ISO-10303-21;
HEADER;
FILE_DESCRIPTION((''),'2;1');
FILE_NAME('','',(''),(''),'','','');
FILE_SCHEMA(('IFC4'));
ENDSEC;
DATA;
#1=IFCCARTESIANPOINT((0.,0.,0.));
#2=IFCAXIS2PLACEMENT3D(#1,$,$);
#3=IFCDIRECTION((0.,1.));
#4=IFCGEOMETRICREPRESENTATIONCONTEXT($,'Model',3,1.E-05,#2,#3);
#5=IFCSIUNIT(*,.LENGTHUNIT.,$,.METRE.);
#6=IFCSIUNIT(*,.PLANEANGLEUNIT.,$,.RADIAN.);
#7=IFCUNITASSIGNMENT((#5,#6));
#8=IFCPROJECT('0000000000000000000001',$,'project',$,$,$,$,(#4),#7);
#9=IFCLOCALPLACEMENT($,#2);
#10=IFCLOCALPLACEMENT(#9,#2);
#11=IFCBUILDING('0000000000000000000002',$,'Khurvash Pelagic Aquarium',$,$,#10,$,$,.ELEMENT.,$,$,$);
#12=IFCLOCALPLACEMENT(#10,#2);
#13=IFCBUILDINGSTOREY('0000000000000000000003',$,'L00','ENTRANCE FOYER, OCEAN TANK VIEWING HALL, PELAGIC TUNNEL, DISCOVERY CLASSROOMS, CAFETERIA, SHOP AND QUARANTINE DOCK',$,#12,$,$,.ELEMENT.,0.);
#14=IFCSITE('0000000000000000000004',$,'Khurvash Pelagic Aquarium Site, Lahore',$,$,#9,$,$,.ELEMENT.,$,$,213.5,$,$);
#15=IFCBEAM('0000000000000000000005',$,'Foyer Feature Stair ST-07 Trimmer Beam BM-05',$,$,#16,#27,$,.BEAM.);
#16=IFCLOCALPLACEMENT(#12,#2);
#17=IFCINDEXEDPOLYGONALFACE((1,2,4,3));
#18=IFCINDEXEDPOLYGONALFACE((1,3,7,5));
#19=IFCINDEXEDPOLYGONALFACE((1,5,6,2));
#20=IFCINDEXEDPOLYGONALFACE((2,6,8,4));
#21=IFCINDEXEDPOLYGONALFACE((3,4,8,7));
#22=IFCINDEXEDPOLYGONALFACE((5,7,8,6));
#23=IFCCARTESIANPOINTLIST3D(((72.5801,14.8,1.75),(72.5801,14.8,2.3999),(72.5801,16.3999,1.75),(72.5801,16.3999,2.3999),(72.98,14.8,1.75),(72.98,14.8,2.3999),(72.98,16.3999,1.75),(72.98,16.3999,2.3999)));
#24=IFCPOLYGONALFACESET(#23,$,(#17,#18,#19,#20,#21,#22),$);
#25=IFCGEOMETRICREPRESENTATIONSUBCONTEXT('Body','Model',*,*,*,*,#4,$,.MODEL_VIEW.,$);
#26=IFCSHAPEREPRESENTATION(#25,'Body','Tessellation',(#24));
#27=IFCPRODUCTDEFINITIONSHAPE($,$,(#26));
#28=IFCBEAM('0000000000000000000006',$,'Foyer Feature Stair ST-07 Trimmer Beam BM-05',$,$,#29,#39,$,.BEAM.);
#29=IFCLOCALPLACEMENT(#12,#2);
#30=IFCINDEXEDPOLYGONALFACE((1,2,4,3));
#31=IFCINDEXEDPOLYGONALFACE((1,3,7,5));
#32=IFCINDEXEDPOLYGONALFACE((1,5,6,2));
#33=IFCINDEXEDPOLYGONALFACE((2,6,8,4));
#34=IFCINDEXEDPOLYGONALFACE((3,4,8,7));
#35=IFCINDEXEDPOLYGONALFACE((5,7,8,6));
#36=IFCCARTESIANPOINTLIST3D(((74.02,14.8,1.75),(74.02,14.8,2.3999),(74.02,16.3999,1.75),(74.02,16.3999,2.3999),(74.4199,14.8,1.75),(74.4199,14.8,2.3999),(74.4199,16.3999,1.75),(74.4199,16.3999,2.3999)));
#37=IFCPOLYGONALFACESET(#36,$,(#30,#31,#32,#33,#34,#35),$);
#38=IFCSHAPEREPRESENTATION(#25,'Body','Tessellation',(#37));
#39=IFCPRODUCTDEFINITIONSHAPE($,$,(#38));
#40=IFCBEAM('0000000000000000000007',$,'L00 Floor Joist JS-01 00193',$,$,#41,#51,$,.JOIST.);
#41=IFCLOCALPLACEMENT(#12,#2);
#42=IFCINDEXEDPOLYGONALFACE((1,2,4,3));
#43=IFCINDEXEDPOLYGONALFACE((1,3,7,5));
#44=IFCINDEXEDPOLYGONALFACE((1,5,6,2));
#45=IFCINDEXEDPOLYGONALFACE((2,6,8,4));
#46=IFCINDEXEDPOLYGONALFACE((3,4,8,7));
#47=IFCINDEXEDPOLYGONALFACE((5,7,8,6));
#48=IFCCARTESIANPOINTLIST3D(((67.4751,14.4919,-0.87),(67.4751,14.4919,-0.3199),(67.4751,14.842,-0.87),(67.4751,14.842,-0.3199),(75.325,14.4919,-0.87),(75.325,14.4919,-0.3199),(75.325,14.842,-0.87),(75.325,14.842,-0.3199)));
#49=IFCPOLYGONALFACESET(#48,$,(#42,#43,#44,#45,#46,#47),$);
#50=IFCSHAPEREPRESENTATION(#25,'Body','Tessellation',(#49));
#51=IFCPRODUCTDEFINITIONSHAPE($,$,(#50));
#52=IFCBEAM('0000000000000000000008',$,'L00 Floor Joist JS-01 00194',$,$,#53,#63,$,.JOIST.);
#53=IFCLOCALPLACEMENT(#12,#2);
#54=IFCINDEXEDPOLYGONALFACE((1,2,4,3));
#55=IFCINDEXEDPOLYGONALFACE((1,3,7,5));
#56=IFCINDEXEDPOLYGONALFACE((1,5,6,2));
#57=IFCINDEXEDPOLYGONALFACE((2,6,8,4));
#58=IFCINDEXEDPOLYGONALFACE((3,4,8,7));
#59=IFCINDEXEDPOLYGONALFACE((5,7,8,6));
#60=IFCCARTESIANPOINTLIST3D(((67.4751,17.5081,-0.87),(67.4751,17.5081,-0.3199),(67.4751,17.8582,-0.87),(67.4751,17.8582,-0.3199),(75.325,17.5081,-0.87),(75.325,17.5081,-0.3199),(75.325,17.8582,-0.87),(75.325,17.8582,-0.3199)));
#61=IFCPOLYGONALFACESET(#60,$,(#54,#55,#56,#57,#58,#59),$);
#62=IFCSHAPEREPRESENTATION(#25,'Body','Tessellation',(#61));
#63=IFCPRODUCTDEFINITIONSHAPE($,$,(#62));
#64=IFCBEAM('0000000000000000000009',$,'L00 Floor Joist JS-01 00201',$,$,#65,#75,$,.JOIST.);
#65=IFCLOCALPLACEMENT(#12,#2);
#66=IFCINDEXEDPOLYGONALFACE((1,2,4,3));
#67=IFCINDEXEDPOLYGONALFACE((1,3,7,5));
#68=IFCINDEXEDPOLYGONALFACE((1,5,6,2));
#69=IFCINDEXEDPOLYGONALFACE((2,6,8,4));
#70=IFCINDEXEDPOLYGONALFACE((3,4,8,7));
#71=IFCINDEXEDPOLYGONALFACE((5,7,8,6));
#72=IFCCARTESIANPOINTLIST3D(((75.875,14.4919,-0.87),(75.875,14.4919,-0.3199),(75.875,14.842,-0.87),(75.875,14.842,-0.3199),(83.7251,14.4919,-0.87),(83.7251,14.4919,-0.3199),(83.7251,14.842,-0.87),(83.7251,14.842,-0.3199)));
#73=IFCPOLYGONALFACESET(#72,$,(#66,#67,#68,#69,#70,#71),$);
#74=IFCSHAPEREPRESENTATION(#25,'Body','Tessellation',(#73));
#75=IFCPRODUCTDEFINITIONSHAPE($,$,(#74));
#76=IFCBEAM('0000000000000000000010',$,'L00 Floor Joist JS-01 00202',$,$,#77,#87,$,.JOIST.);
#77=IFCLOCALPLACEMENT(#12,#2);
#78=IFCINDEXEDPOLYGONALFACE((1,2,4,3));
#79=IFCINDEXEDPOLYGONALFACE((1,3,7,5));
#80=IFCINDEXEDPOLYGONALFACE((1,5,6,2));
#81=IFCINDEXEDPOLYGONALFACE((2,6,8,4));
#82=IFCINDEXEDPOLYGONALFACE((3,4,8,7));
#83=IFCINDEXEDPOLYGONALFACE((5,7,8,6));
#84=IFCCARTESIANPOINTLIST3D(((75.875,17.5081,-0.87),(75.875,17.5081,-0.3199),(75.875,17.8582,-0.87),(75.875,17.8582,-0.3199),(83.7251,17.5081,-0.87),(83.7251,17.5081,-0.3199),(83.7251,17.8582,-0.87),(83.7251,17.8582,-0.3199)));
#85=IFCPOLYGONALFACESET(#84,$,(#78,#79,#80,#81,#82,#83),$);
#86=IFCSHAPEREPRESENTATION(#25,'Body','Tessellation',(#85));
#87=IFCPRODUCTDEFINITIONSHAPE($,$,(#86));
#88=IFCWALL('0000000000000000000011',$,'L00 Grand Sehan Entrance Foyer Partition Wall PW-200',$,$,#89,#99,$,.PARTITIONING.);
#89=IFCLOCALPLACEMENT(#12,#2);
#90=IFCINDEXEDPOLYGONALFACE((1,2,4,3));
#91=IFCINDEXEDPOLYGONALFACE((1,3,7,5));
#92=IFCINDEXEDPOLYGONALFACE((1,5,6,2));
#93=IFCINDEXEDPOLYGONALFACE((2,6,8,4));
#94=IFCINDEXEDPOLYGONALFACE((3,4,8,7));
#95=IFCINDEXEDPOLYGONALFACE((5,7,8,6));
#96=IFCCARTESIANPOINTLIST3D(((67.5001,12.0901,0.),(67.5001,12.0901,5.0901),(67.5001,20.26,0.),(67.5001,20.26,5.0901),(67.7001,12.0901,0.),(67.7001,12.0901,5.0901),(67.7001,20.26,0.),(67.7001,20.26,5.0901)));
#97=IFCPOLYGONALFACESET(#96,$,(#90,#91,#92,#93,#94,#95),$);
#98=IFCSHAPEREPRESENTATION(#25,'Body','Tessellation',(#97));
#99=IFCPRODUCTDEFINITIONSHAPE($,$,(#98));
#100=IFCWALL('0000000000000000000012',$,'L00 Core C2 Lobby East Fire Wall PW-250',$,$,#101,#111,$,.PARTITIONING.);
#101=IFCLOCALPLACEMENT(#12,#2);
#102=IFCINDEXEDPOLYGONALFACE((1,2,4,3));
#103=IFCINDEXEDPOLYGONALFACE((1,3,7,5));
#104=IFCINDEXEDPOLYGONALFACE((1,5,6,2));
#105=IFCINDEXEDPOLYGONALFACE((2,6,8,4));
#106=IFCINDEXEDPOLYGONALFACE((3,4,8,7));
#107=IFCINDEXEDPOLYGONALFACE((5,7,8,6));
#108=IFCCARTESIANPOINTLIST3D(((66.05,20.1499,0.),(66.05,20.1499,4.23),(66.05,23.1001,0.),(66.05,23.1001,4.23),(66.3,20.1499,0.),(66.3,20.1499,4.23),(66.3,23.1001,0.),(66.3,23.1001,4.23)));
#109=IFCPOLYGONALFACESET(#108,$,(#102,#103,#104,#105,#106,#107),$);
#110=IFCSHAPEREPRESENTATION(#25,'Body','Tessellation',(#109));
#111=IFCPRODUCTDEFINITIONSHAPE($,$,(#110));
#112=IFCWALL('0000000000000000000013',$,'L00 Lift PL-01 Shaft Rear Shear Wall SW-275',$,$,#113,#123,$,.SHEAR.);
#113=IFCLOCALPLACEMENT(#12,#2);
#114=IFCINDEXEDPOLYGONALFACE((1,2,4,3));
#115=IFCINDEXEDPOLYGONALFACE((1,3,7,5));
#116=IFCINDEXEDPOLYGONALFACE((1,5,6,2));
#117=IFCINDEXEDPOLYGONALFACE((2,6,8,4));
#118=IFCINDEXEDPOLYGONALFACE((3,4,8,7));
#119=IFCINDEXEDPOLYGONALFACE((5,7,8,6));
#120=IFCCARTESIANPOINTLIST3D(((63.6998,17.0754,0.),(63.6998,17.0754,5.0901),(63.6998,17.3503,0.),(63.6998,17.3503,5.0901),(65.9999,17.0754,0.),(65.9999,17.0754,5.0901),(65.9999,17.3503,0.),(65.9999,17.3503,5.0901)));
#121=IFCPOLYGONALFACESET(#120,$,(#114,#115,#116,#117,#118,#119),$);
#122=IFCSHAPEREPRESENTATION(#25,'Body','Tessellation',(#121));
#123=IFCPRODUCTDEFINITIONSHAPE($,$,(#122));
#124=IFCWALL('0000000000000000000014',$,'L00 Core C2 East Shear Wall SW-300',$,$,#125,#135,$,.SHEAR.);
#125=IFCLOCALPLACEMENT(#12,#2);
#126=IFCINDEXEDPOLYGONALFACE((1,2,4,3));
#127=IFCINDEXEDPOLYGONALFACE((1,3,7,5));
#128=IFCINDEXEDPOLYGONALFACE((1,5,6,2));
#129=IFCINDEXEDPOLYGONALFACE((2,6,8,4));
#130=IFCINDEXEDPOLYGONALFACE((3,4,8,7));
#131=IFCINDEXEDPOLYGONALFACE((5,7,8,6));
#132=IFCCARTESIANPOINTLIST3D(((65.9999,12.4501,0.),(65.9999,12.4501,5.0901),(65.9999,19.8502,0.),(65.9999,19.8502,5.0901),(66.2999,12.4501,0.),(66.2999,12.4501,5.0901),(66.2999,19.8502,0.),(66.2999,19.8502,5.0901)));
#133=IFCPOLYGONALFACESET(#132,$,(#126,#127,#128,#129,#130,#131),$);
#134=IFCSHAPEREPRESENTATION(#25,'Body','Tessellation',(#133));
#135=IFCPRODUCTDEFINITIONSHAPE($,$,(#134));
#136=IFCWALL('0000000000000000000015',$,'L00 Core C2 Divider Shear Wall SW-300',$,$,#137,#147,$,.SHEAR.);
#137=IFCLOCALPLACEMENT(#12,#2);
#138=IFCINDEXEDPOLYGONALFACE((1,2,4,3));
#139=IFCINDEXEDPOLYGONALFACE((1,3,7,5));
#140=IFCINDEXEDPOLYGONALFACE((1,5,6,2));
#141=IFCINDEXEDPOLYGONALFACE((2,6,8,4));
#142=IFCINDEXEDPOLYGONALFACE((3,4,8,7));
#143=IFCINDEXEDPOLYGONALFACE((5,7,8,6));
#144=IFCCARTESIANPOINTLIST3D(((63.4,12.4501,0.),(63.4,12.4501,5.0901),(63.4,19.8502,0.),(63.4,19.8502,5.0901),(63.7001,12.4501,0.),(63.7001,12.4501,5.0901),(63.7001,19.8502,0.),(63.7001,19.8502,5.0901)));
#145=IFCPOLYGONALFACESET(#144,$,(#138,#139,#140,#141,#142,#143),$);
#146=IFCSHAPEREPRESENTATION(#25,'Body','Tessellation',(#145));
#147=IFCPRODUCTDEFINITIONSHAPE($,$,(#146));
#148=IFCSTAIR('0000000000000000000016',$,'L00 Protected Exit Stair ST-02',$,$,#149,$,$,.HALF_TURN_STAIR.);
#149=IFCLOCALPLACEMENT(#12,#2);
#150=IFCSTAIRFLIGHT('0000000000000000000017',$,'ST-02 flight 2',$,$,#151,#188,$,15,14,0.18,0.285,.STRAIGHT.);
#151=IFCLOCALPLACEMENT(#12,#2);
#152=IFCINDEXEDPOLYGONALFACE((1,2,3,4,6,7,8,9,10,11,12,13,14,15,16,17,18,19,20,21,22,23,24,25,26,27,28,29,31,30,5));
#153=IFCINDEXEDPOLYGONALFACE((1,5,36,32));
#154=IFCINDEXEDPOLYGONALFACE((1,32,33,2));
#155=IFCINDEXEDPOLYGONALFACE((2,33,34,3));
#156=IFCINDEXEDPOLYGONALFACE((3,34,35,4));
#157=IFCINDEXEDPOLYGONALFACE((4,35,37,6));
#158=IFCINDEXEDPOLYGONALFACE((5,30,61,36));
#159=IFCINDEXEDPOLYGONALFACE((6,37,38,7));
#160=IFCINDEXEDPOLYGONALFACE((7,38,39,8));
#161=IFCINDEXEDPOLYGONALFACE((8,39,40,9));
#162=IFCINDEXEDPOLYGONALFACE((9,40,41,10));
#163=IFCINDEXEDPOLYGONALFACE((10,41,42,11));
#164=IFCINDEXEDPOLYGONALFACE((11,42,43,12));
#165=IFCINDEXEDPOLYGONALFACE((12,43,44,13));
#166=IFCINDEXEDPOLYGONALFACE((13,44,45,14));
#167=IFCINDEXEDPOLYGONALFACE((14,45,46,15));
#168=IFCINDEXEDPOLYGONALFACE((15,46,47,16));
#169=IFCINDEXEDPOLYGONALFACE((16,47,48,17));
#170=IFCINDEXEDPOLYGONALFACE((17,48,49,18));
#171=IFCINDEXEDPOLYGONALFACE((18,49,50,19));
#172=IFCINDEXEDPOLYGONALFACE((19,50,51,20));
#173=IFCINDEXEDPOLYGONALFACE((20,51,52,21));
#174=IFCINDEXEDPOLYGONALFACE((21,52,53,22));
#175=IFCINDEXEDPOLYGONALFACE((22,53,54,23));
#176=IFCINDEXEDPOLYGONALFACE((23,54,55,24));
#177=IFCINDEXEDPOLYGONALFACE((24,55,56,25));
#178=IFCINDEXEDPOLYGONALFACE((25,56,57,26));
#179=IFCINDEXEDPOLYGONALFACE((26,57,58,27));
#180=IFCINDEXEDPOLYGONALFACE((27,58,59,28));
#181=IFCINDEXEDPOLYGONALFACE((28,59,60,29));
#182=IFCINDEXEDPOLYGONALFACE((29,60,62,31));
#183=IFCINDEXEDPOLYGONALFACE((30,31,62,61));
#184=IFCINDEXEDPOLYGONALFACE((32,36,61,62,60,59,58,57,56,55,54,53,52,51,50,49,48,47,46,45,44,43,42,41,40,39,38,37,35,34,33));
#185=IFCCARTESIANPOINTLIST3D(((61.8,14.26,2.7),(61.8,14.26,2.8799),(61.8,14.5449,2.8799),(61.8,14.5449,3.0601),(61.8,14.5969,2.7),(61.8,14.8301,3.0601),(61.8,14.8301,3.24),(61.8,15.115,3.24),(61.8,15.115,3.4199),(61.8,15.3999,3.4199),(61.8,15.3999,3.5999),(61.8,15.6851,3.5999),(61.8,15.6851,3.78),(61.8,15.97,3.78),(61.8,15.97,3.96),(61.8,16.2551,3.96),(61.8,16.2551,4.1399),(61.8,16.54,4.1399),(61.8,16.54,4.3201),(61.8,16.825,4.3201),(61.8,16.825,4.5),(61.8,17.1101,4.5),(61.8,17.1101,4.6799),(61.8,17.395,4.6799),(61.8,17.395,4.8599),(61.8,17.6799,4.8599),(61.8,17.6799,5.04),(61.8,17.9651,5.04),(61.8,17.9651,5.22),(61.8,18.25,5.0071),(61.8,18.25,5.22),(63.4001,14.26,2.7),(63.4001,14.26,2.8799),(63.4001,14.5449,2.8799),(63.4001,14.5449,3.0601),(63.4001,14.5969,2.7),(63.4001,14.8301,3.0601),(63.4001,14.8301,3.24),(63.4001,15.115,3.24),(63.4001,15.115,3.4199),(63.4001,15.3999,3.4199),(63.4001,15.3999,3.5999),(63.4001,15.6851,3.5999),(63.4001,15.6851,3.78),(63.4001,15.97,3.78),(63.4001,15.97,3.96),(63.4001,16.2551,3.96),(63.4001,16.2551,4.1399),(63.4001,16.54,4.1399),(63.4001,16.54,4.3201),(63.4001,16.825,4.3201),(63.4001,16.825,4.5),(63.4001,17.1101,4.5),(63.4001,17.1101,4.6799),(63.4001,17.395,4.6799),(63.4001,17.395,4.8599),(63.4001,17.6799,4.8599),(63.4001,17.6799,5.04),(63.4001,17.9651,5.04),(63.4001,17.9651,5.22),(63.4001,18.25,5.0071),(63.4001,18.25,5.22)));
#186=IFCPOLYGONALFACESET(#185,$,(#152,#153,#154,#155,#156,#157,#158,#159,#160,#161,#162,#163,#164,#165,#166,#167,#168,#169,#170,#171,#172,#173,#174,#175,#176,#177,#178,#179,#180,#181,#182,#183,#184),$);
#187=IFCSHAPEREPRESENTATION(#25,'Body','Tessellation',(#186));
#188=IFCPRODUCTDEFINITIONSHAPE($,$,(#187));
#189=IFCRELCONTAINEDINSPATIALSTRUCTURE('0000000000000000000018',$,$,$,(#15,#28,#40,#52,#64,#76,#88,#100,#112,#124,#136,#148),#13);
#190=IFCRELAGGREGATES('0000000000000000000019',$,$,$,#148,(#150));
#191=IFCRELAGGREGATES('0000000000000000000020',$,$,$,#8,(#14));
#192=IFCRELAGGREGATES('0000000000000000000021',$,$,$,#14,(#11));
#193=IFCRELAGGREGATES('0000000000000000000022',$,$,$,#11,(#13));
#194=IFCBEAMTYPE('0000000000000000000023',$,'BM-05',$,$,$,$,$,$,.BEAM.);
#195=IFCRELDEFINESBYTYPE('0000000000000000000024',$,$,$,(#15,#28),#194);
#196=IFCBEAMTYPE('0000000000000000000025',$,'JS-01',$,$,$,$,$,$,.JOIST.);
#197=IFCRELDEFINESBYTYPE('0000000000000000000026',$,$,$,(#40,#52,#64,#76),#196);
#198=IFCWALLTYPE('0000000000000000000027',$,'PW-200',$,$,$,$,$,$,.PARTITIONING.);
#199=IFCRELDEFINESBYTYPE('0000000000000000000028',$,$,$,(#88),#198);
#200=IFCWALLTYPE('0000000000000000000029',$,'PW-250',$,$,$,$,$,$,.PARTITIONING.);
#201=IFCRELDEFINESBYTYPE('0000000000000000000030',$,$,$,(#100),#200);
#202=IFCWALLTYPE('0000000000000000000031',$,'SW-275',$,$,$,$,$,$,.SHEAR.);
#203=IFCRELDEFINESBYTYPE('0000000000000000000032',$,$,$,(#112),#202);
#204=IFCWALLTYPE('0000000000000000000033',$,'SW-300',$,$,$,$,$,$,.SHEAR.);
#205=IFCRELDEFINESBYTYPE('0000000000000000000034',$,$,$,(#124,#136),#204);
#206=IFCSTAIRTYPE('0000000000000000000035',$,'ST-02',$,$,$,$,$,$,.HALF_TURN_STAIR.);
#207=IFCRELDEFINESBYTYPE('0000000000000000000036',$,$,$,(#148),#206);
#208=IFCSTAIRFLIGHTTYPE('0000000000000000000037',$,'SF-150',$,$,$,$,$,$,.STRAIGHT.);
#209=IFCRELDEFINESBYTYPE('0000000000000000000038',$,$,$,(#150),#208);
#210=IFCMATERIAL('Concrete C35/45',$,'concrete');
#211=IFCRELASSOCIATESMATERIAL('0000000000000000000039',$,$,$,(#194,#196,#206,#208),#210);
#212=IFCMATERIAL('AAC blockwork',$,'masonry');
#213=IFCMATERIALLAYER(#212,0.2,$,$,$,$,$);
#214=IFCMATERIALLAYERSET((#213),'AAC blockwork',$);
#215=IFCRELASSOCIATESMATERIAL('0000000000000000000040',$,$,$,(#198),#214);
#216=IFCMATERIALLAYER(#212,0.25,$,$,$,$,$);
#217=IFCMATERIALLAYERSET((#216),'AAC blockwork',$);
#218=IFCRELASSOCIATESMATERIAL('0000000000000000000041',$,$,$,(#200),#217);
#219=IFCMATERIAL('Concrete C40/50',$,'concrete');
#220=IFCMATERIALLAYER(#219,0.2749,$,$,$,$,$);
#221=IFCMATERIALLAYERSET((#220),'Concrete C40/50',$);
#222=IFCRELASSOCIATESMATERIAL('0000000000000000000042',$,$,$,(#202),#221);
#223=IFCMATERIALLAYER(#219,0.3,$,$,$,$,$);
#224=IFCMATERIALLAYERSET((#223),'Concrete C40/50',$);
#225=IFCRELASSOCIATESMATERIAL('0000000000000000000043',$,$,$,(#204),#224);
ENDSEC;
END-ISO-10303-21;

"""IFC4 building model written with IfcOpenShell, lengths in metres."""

from ifc_helpers import new_model, si_unit, direction, frame, frame_2d, origin, origin_2d, place, context, subcontext, project, spatial, polyline, rectangle, outline, extrude, material, layer, layer_set, material_profile, profile_set, type_object, element, aggregate, save


model = new_model("IFC4")

# Units and contexts
model_context = context("Model", 3, precision=1e-05, world=origin(), true_north=direction((0.0, 1.0)))
body_context = subcontext(model_context, "Body", "Model", "MODEL_VIEW")
ifc_project = project(units=[si_unit("LENGTHUNIT", "METRE"), si_unit("PLANEANGLEUNIT", "RADIAN")], contexts=[model_context])

# Site, building, storey
site_placement = place(None, origin())
site = spatial("IfcSite", under=ifc_project, at=site_placement, Name="Khurvash Pelagic Aquarium Site, Lahore", CompositionType="ELEMENT", RefElevation=213.5)
building_placement = place(site_placement, origin())
building = spatial("IfcBuilding", under=site, at=building_placement, Name="Khurvash Pelagic Aquarium", CompositionType="ELEMENT")
storey_placement = place(building_placement, origin())
storey = spatial("IfcBuildingStorey", under=building, at=storey_placement, Name="L00", Description="ENTRANCE FOYER, OCEAN TANK VIEWING HALL, PELAGIC TUNNEL, DISCOVERY CLASSROOMS, CAFETERIA, SHOP AND QUARANTINE DOCK", CompositionType="ELEMENT", Elevation=0.0)

# Shared definitions
ifc_material_1 = material(Name="Concrete C40/50", Category="concrete")
ifc_material_2 = material(Name="Concrete C35/45", Category="concrete")

# Beams
ifc_material_profile_1 = material_profile(ifc_material_2, rectangle(XDim=0.3999, YDim=0.6499, at=origin_2d()), Name="RC400X650")
ifc_profile_set_1 = profile_set([ifc_material_profile_1], Name="Concrete C35/45")
beam_type_1 = type_object("IfcBeamType", Name="BM-05", PredefinedType="BEAM", material=ifc_profile_set_1)
for number, where, z_axis, x_axis, name in (
    (1, (72.78, 14.8, 2.075), (0.0, 1.0, 0.0), (-1.0, 0.0, 0.0), "Foyer Feature Stair ST-07 Trimmer Beam BM-05"),
    (2, (74.22, 14.8, 2.075), (0.0, 1.0, 0.0), (-1.0, 0.0, 0.0), "Foyer Feature Stair ST-07 Trimmer Beam BM-05"),
):
    element("IfcBeam", number, at=place(storey_placement, frame(where, z_axis=z_axis, x_axis=x_axis)), inside=storey, type_object=beam_type_1, Name=name, PredefinedType="BEAM", context=body_context, shape_type="SweptSolid", body=[
        extrude(rectangle(XDim=0.3999, YDim=0.6499, at=origin_2d()), origin(), (0.0, 0.0, 1.0), 1.5999),
    ])
ifc_material_profile_2 = material_profile(ifc_material_2, rectangle(XDim=0.3501, YDim=0.55, at=origin_2d()), Name="RC350X550")
ifc_profile_set_2 = profile_set([ifc_material_profile_2], Name="Concrete C35/45")
beam_type_2 = type_object("IfcBeamType", Name="JS-01", PredefinedType="JOIST", material=ifc_profile_set_2)
for number, where, z_axis, x_axis, name in (
    (3, (67.4751, 14.667, -0.595), (1.0, 0.0, 0.0), (0.0, 1.0, 0.0), "L00 Floor Joist JS-01 00193"),
    (4, (67.4751, 17.6831, -0.595), (1.0, 0.0, 0.0), (0.0, 1.0, 0.0), "L00 Floor Joist JS-01 00194"),
):
    element("IfcBeam", number, at=place(storey_placement, frame(where, z_axis=z_axis, x_axis=x_axis)), inside=storey, type_object=beam_type_2, Name=name, PredefinedType="JOIST", context=body_context, shape_type="SweptSolid", body=[
        extrude(rectangle(XDim=0.3501, YDim=0.55, at=origin_2d()), origin(), (0.0, 0.0, 1.0), 7.8499),
    ])
for number, where, z_axis, x_axis, name in (
    (5, (75.875, 14.667, -0.595), (1.0, 0.0, 0.0), (0.0, 1.0, 0.0), "L00 Floor Joist JS-01 00201"),
    (6, (75.875, 17.6831, -0.595), (1.0, 0.0, 0.0), (0.0, 1.0, 0.0), "L00 Floor Joist JS-01 00202"),
):
    element("IfcBeam", number, at=place(storey_placement, frame(where, z_axis=z_axis, x_axis=x_axis)), inside=storey, type_object=beam_type_2, Name=name, PredefinedType="JOIST", context=body_context, shape_type="SweptSolid", body=[
        extrude(rectangle(XDim=0.3501, YDim=0.55, at=origin_2d()), origin(), (0.0, 0.0, 1.0), 7.8501),
    ])

# Walls
ifc_material_3 = material(Name="AAC blockwork", Category="masonry")
ifc_layer_1 = layer(ifc_material_3, 0.2)
ifc_layer_set_1 = layer_set([ifc_layer_1], Name="AAC blockwork")
wall_type_1 = type_object("IfcWallType", Name="PW-200", PredefinedType="PARTITIONING", material=ifc_layer_set_1)
wall_1_placement = place(storey_placement, frame((67.6001, 12.0901, 0.0), z_axis=(0.0, 0.0, 1.0), x_axis=(0.0, 1.0, 0.0)))
element("IfcWall", 7, at=wall_1_placement, inside=storey, type_object=wall_type_1, Name="L00 Grand Sehan Entrance Foyer Partition Wall PW-200", PredefinedType="PARTITIONING", context=body_context, shape_type="SweptSolid", body=[
    extrude(rectangle(XDim=8.1699, YDim=0.2, at=frame_2d((4.085, 0.0))), origin(), (0.0, 0.0, 1.0), 5.0901),
])
ifc_layer_2 = layer(ifc_material_3, 0.25)
ifc_layer_set_2 = layer_set([ifc_layer_2], Name="AAC blockwork")
wall_type_2 = type_object("IfcWallType", Name="PW-250", PredefinedType="PARTITIONING", material=ifc_layer_set_2)
wall_2_placement = place(storey_placement, frame((66.175, 20.1499, 0.0), z_axis=(0.0, 0.0, 1.0), x_axis=(0.0, 1.0, 0.0)))
element("IfcWall", 8, at=wall_2_placement, inside=storey, type_object=wall_type_2, Name="L00 Core C2 Lobby East Fire Wall PW-250", PredefinedType="PARTITIONING", context=body_context, shape_type="SweptSolid", body=[
    extrude(rectangle(XDim=2.9502, YDim=0.25, at=frame_2d((1.4751, 0.0))), origin(), (0.0, 0.0, 1.0), 4.23),
])
ifc_layer_3 = layer(ifc_material_1, 0.2749)
ifc_layer_set_3 = layer_set([ifc_layer_3], Name="Concrete C40/50")
wall_type_3 = type_object("IfcWallType", Name="SW-275", PredefinedType="SHEAR", material=ifc_layer_set_3)
wall_3_placement = place(storey_placement, frame((63.7, 17.2129, 0.0), z_axis=(0.0, 0.0, 1.0), x_axis=(1.0, 0.0, 0.0)))
element("IfcWall", 9, at=wall_3_placement, inside=storey, type_object=wall_type_3, Name="L00 Lift PL-01 Shaft Rear Shear Wall SW-275", PredefinedType="SHEAR", context=body_context, shape_type="SweptSolid", body=[
    extrude(rectangle(XDim=2.3, YDim=0.2749, at=frame_2d((1.1499, 0.0))), origin(), (0.0, 0.0, 1.0), 5.0901),
])
ifc_layer_4 = layer(ifc_material_1, 0.3)
ifc_layer_set_4 = layer_set([ifc_layer_4], Name="Concrete C40/50")
wall_type_4 = type_object("IfcWallType", Name="SW-300", PredefinedType="SHEAR", material=ifc_layer_set_4)
for number, where, z_axis, x_axis, name in (
    (10, (66.1499, 12.45, 0.0), (0.0, 0.0, 1.0), (0.0, 1.0, 0.0), "L00 Core C2 East Shear Wall SW-300"),
    (11, (63.55, 12.45, 0.0), (0.0, 0.0, 1.0), (0.0, 1.0, 0.0), "L00 Core C2 Divider Shear Wall SW-300"),
):
    element("IfcWall", number, at=place(storey_placement, frame(where, z_axis=z_axis, x_axis=x_axis)), inside=storey, type_object=wall_type_4, Name=name, PredefinedType="SHEAR", context=body_context, shape_type="SweptSolid", body=[
        extrude(rectangle(XDim=7.4001, YDim=0.3, at=frame_2d((3.7002, 0.0))), origin(), (0.0, 0.0, 1.0), 5.0901),
    ])

# Stair, stair flight
stair_type_1 = type_object("IfcStairType", Name="ST-02", PredefinedType="HALF_TURN_STAIR", material=ifc_material_2)
stair_1_placement = place(storey_placement, origin())
stair_1 = element("IfcStair", 12, at=stair_1_placement, inside=storey, type_object=stair_type_1, Name="L00 Protected Exit Stair ST-02", PredefinedType="HALF_TURN_STAIR")
stair_flight_type_1 = type_object("IfcStairFlightType", Name="SF-150", PredefinedType="STRAIGHT", material=ifc_material_2)
stair_flight_1_placement = place(storey_placement, frame((62.6001, 14.26, 2.7), z_axis=(0.0, 0.0, 1.0), x_axis=(0.0, 1.0, 0.0)))
stair_flight_1 = element("IfcStairFlight", 13, at=stair_flight_1_placement, type_object=stair_flight_type_1, Name="ST-02 flight 2", NumberOfRisers=15, NumberOfTreads=14, PredefinedType="STRAIGHT", RiserHeight=0.18, TreadLength=0.285, context=body_context, shape_type="SweptSolid", body=[
    extrude(outline(polyline([(0.0, 0.0), (0.0, 0.1799), (0.2849, 0.1799), (0.2849, 0.3601), (0.5701, 0.3601), (0.5701, 0.54), (0.855, 0.54), (0.855, 0.72), (1.1399, 0.72), (1.1399, 0.8999), (1.425, 0.8999), (1.425, 1.0801), (1.71, 1.0801), (1.71, 1.26), (1.9951, 1.26), (1.9951, 1.4399), (2.28, 1.4399), (2.28, 1.6201), (2.5649, 1.6201), (2.5649, 1.8), (2.8501, 1.8), (2.8501, 1.98), (3.135, 1.98), (3.135, 2.1599), (3.4199, 2.1599), (3.4199, 2.3401), (3.7051, 2.3401), (3.7051, 2.52), (3.99, 2.52), (3.99, 2.7), (3.99, 2.3071), (0.3369, 0.0), (0.0, 0.0)])), frame((0.0, 0.8, 0.0), z_axis=(0.0, -1.0, 0.0), x_axis=(1.0, 0.0, 0.0)), (0.0, 0.0, 1.0), 1.6001),
])
aggregate(stair_1, [stair_flight_1])

save(model, "model.ifc")
